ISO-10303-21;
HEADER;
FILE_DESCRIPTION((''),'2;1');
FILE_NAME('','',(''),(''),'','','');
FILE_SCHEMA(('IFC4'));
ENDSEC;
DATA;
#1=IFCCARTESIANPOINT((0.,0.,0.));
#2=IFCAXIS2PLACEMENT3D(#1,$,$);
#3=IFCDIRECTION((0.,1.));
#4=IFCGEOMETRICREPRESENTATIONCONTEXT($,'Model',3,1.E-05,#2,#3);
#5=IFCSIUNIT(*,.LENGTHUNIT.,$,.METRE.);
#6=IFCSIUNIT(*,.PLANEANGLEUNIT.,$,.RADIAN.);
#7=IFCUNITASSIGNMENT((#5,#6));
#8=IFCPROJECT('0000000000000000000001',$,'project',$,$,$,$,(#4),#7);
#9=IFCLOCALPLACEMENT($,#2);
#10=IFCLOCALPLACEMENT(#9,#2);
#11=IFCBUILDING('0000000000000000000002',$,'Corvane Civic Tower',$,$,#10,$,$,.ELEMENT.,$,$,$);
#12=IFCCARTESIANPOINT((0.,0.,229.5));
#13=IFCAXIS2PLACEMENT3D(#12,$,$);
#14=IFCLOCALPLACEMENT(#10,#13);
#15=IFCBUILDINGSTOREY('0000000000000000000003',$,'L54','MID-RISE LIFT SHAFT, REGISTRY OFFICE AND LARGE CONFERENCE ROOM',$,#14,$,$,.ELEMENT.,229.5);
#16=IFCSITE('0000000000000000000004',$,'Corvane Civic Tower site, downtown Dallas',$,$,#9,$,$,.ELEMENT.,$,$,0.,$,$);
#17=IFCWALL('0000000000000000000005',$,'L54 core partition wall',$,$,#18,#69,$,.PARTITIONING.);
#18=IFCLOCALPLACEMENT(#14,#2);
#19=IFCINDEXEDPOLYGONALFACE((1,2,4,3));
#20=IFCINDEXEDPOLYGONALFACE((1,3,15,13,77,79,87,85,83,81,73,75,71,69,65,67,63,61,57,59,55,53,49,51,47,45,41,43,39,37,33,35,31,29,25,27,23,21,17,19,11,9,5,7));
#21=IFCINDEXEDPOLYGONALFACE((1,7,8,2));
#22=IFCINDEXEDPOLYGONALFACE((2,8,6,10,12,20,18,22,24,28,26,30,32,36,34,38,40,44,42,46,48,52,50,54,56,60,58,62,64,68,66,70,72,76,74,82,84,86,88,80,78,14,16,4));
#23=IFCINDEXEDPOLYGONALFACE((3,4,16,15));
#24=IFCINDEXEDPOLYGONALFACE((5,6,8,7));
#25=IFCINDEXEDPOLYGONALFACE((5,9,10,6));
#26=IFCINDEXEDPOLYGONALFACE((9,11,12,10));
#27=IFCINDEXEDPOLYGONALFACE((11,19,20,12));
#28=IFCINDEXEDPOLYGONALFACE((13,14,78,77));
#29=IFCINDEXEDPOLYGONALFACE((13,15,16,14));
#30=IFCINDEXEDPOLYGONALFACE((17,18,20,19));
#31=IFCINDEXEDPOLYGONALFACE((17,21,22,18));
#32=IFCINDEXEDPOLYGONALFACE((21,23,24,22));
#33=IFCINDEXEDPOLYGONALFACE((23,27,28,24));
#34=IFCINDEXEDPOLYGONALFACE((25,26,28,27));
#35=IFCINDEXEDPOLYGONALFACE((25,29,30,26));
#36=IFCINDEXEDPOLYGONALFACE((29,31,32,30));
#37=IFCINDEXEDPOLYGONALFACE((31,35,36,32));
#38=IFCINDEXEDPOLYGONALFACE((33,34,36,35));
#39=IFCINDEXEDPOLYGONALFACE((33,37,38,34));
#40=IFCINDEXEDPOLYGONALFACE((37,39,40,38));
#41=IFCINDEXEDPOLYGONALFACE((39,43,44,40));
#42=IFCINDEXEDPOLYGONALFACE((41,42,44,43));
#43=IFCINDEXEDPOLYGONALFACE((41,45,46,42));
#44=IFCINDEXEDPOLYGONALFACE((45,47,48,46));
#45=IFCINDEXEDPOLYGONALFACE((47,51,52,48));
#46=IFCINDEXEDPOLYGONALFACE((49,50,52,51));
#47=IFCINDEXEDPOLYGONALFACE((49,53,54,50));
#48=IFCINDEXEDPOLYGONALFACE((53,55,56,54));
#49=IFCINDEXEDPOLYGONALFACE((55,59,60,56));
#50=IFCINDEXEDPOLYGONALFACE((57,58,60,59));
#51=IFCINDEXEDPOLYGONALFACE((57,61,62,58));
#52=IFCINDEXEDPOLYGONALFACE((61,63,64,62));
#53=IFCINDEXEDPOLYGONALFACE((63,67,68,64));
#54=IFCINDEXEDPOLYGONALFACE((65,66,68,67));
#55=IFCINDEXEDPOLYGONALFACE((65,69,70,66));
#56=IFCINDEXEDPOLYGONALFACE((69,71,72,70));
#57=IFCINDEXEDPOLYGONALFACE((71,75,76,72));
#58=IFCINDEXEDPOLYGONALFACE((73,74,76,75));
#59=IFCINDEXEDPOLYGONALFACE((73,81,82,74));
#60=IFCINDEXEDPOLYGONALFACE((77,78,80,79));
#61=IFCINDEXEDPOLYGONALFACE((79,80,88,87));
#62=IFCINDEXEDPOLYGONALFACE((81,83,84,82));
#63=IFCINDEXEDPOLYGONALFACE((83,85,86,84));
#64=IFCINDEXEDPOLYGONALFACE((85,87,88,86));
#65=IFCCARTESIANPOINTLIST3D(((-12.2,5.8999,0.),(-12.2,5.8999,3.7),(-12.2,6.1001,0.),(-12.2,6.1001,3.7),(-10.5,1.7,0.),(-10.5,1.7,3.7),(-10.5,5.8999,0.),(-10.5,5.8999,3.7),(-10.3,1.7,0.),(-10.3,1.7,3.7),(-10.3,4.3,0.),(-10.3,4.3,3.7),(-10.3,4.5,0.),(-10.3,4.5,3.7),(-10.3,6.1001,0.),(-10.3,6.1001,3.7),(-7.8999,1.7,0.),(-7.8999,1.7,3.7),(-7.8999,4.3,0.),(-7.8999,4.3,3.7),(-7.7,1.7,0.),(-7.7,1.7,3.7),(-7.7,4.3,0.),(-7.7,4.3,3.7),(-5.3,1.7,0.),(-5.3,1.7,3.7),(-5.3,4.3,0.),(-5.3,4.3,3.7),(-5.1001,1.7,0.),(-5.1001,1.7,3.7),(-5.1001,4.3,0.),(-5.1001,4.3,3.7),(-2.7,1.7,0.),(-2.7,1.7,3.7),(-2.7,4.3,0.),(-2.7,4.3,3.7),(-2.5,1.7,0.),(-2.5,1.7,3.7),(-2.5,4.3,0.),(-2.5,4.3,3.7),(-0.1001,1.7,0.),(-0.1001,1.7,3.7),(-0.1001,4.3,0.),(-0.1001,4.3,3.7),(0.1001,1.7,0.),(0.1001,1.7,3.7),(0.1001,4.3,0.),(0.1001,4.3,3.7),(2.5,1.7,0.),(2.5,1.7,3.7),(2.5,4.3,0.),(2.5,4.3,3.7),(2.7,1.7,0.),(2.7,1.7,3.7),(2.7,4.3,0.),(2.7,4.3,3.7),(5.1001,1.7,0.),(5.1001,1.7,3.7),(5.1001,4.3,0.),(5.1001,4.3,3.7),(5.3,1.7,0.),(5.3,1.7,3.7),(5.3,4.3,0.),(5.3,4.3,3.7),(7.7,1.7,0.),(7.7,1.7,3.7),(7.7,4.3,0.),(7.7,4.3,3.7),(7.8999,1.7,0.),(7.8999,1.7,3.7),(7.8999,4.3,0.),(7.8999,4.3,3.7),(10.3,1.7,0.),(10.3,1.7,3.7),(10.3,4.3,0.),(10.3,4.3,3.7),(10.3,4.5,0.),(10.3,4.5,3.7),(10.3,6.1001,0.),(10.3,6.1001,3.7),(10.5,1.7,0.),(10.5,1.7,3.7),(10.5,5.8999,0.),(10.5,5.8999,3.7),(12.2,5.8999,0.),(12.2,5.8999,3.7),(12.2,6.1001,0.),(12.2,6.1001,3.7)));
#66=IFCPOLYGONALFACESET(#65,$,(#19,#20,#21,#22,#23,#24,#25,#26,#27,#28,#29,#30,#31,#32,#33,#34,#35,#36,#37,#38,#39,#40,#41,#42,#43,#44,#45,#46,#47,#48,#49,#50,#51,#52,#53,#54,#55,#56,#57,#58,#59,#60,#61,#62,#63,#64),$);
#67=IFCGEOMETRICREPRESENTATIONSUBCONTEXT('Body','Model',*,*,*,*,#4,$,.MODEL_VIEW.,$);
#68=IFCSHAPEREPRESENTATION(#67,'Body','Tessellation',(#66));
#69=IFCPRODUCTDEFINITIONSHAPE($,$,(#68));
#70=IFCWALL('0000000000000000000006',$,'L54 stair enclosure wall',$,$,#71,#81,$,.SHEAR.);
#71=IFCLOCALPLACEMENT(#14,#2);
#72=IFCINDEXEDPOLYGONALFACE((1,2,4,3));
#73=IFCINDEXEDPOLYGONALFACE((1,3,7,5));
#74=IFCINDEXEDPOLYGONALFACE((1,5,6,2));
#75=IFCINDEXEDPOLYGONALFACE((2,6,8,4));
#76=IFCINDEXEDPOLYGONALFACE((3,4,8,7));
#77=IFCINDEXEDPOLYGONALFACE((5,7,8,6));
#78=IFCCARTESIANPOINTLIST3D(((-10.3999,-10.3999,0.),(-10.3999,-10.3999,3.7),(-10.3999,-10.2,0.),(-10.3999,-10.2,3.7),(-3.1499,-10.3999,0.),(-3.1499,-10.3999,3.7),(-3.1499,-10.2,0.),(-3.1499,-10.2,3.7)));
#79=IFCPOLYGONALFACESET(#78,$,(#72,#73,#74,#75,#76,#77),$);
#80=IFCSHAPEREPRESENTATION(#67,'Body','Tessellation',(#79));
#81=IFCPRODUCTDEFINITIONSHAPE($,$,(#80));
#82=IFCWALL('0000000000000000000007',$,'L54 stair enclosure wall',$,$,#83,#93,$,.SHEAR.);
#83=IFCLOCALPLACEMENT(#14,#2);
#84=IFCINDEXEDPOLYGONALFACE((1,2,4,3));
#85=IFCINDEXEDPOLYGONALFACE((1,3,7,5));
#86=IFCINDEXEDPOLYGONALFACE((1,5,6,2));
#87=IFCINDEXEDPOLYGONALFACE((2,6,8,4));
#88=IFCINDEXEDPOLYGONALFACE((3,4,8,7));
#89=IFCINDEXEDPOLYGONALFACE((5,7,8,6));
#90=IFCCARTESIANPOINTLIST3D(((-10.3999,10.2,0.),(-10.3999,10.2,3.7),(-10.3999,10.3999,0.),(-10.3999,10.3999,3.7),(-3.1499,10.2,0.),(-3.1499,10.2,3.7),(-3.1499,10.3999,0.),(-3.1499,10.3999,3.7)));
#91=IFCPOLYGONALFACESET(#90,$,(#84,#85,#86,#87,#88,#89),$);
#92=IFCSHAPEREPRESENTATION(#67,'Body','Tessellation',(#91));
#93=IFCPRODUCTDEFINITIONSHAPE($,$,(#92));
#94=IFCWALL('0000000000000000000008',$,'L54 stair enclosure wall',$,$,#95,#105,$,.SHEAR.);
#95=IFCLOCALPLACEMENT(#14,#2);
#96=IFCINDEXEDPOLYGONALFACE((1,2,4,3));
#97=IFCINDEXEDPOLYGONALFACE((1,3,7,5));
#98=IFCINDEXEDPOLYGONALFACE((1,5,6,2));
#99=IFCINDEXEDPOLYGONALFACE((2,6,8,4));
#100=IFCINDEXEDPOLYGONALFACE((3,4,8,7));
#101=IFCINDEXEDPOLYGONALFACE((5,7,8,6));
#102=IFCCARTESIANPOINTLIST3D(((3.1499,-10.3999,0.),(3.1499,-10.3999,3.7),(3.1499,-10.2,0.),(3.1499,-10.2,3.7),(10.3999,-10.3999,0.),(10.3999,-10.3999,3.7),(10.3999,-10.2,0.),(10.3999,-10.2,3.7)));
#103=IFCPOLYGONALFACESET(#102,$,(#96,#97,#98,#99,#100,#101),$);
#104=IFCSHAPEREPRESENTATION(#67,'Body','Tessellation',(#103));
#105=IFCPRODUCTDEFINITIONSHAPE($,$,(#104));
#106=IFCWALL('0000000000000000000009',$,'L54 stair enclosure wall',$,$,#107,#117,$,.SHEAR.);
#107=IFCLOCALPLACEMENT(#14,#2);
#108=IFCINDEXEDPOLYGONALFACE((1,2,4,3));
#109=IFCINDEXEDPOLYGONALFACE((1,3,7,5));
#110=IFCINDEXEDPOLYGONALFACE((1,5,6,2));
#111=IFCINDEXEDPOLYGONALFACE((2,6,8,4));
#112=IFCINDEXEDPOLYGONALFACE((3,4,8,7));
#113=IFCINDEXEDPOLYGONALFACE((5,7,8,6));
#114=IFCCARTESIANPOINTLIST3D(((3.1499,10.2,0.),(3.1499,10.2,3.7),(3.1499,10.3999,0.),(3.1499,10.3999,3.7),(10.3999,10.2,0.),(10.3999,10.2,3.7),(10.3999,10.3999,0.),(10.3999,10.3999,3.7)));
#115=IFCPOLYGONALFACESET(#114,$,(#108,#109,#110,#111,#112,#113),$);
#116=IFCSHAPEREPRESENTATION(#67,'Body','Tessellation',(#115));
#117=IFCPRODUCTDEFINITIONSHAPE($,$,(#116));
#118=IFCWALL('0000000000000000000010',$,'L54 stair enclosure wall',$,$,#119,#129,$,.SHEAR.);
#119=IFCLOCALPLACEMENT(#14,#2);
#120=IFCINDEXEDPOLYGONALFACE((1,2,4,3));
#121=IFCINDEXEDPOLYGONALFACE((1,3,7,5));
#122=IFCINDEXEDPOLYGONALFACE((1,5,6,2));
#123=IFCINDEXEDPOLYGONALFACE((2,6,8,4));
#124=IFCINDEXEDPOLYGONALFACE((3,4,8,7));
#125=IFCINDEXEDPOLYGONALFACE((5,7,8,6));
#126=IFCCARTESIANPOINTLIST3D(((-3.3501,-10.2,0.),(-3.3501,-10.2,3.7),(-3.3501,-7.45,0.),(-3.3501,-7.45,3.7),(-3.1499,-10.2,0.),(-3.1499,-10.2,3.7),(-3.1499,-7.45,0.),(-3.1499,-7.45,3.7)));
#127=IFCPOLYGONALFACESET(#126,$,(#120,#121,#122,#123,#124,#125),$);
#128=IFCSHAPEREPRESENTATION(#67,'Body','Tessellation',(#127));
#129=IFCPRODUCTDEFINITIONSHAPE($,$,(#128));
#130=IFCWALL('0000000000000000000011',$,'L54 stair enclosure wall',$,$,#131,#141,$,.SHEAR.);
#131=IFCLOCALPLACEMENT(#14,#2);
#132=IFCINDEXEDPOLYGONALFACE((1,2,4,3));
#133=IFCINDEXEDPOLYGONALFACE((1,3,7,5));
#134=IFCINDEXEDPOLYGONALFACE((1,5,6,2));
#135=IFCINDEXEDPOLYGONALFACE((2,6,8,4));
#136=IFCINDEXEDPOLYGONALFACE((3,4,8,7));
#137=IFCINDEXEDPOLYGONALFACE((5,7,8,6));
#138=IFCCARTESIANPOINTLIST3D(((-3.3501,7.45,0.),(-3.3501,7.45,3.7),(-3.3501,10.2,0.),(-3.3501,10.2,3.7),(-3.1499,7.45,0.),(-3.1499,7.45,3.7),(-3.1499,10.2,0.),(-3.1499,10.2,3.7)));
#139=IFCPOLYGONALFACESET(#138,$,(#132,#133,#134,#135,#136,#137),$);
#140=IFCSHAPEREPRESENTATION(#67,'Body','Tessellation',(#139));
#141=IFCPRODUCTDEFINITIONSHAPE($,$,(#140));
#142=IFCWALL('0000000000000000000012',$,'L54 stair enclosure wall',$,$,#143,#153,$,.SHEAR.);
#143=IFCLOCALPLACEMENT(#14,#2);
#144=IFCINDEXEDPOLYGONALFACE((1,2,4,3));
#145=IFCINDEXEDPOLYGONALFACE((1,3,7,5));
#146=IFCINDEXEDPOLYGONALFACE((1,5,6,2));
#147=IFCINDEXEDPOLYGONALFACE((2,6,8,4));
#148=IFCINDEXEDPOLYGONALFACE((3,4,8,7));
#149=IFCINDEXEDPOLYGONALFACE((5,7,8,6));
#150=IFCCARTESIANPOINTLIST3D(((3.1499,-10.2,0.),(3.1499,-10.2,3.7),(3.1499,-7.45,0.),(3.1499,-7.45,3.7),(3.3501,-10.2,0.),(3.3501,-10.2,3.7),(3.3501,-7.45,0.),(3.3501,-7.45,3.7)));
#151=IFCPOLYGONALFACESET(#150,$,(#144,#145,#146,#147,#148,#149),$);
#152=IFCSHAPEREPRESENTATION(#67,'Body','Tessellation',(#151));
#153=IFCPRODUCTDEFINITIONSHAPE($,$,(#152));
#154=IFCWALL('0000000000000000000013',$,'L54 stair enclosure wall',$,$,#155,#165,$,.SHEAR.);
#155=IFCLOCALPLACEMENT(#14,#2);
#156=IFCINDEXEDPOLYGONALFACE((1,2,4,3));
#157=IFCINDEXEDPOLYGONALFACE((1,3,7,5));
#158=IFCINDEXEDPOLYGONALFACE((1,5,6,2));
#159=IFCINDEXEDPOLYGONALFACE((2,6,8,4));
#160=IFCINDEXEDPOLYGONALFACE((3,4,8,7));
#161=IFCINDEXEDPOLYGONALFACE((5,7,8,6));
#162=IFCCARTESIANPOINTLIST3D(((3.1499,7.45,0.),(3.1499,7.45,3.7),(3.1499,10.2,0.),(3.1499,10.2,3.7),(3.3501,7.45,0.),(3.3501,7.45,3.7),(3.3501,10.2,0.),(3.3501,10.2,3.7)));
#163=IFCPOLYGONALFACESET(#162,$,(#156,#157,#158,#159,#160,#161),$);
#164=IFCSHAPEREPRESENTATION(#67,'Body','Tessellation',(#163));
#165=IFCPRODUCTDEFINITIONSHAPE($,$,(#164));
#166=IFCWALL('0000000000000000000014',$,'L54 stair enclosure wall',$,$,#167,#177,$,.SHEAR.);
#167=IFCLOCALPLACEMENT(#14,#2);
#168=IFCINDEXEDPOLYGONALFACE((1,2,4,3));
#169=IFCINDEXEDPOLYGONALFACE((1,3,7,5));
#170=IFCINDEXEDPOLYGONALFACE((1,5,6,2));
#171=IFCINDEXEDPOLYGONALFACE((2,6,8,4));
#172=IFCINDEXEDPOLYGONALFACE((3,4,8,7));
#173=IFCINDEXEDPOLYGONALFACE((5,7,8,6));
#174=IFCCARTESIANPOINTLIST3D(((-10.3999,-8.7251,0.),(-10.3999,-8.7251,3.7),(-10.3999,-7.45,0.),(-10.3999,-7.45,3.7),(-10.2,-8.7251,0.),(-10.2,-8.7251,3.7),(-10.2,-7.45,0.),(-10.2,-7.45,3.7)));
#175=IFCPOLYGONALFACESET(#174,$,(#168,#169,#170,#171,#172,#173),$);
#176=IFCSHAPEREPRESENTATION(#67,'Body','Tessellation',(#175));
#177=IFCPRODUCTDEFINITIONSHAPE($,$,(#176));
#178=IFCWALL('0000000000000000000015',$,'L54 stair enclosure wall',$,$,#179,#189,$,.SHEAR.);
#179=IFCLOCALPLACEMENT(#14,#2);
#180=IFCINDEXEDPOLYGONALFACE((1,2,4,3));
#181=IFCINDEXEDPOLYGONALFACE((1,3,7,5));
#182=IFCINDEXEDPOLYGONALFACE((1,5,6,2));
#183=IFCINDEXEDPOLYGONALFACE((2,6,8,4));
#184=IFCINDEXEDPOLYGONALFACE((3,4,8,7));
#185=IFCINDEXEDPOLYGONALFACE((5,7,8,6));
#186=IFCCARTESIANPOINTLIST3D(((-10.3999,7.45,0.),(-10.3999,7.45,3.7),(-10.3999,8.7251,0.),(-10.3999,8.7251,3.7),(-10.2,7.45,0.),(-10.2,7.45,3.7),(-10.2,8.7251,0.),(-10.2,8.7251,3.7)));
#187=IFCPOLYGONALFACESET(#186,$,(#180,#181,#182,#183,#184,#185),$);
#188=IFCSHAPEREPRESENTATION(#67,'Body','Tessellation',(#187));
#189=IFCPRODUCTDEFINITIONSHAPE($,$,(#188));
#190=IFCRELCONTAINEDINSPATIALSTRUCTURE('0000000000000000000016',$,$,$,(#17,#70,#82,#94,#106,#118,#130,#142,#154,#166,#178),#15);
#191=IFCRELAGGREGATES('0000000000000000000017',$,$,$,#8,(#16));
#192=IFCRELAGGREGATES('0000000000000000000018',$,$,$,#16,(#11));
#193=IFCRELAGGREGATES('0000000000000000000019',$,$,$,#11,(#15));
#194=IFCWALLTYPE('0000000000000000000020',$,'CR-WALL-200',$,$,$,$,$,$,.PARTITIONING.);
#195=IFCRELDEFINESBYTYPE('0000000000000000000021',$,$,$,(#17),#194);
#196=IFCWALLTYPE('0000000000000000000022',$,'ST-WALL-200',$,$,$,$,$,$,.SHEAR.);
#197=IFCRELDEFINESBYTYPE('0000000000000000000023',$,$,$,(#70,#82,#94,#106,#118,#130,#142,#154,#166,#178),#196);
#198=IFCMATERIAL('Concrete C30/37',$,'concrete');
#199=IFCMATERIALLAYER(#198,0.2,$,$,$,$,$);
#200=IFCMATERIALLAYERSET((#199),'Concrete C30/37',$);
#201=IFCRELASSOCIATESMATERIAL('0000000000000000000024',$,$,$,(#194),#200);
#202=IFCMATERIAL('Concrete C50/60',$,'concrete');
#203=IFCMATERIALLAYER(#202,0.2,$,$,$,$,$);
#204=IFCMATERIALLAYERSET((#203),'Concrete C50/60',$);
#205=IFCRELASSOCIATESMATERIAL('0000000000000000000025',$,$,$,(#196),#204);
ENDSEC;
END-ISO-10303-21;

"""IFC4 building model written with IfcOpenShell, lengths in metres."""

from ifc_helpers import new_model, si_unit, direction, frame, origin, place, context, subcontext, project, spatial, polyline, outline, extrude, material, layer, layer_set, type_object, element, save


model = new_model("IFC4")

# Units and contexts
model_context = context("Model", 3, precision=1e-05, world=origin(), true_north=direction((0.0, 1.0)))
body_context = subcontext(model_context, "Body", "Model", "MODEL_VIEW")
ifc_project = project(units=[si_unit("LENGTHUNIT", "METRE"), si_unit("PLANEANGLEUNIT", "RADIAN")], contexts=[model_context])

# Site, building, storey
site_placement = place(None, origin())
site = spatial("IfcSite", under=ifc_project, at=site_placement, Name="Corvane Civic Tower site, downtown Dallas", CompositionType="ELEMENT", RefElevation=0.0)
building_placement = place(site_placement, origin())
building = spatial("IfcBuilding", under=site, at=building_placement, Name="Corvane Civic Tower", CompositionType="ELEMENT")
storey_placement = place(building_placement, frame((0.0, 0.0, 229.5)))
storey = spatial("IfcBuildingStorey", under=building, at=storey_placement, Name="L54", Description="MID-RISE LIFT SHAFT, REGISTRY OFFICE AND LARGE CONFERENCE ROOM", CompositionType="ELEMENT", Elevation=229.5)

# Walls
ifc_material_1 = material(Name="Concrete C30/37", Category="concrete")
ifc_layer_1 = layer(ifc_material_1, 0.2)
ifc_layer_set_1 = layer_set([ifc_layer_1], Name="Concrete C30/37")
wall_type_1 = type_object("IfcWallType", Name="CR-WALL-200", PredefinedType="PARTITIONING", material=ifc_layer_set_1)
wall_1_placement = place(storey_placement, origin())
element("IfcWall", 1, at=wall_1_placement, inside=storey, type_object=wall_type_1, Name="L54 core partition wall", PredefinedType="PARTITIONING", context=body_context, shape_type="SweptSolid", body=[
    extrude(outline(polyline([(-10.3, 1.7), (-10.5, 1.7), (-10.5, 5.8999), (-12.2, 5.8999), (-12.2, 6.1001), (-10.3, 6.1001), (-10.3, 4.5), (10.3, 4.5), (10.3, 6.1001), (12.2, 6.1001), (12.2, 5.8999), (10.5, 5.8999), (10.5, 1.7), (10.3, 1.7), (10.3, 4.3), (7.8999, 4.3), (7.8999, 1.7), (7.7, 1.7), (7.7, 4.3), (5.3, 4.3), (5.3, 1.7), (5.1001, 1.7), (5.1001, 4.3), (2.7, 4.3), (2.7, 1.7), (2.5, 1.7), (2.5, 4.3), (0.1001, 4.3), (0.1001, 1.7), (-0.1001, 1.7), (-0.1001, 4.3), (-2.5, 4.3), (-2.5, 1.7), (-2.7, 1.7), (-2.7, 4.3), (-5.1001, 4.3), (-5.1001, 1.7), (-5.3, 1.7), (-5.3, 4.3), (-7.7, 4.3), (-7.7, 1.7), (-7.8999, 1.7), (-7.8999, 4.3), (-10.3, 4.3), (-10.3, 1.7)])), origin(), (0.0, 0.0, 1.0), 3.7),
])
ifc_material_2 = material(Name="Concrete C50/60", Category="concrete")
ifc_layer_2 = layer(ifc_material_2, 0.2)
ifc_layer_set_2 = layer_set([ifc_layer_2], Name="Concrete C50/60")
wall_type_2 = type_object("IfcWallType", Name="ST-WALL-200", PredefinedType="SHEAR", material=ifc_layer_set_2)
wall_2_placement = place(storey_placement, origin())
element("IfcWall", 2, at=wall_2_placement, inside=storey, type_object=wall_type_2, Name="L54 stair enclosure wall", PredefinedType="SHEAR", context=body_context, shape_type="SweptSolid", body=[
    extrude(outline(polyline([(-3.1499, -10.2), (-3.1499, -10.3999), (-10.3999, -10.3999), (-10.3999, -10.2), (-3.1499, -10.2)])), origin(), (0.0, 0.0, 1.0), 3.7),
])
wall_3_placement = place(storey_placement, origin())
element("IfcWall", 3, at=wall_3_placement, inside=storey, type_object=wall_type_2, Name="L54 stair enclosure wall", PredefinedType="SHEAR", context=body_context, shape_type="SweptSolid", body=[
    extrude(outline(polyline([(-3.1499, 10.2), (-10.3999, 10.2), (-10.3999, 10.3999), (-3.1499, 10.3999), (-3.1499, 10.2)])), origin(), (0.0, 0.0, 1.0), 3.7),
])
wall_4_placement = place(storey_placement, origin())
element("IfcWall", 4, at=wall_4_placement, inside=storey, type_object=wall_type_2, Name="L54 stair enclosure wall", PredefinedType="SHEAR", context=body_context, shape_type="SweptSolid", body=[
    extrude(outline(polyline([(10.3999, -10.3999), (3.1499, -10.3999), (3.1499, -10.2), (10.3999, -10.2), (10.3999, -10.3999)])), origin(), (0.0, 0.0, 1.0), 3.7),
])
wall_5_placement = place(storey_placement, origin())
element("IfcWall", 5, at=wall_5_placement, inside=storey, type_object=wall_type_2, Name="L54 stair enclosure wall", PredefinedType="SHEAR", context=body_context, shape_type="SweptSolid", body=[
    extrude(outline(polyline([(10.3999, 10.2), (3.1499, 10.2), (3.1499, 10.3999), (10.3999, 10.3999), (10.3999, 10.2)])), origin(), (0.0, 0.0, 1.0), 3.7),
])
wall_6_placement = place(storey_placement, origin())
element("IfcWall", 6, at=wall_6_placement, inside=storey, type_object=wall_type_2, Name="L54 stair enclosure wall", PredefinedType="SHEAR", context=body_context, shape_type="SweptSolid", body=[
    extrude(outline(polyline([(-3.1499, -7.45), (-3.1499, -10.2), (-3.3501, -10.2), (-3.3501, -7.45), (-3.1499, -7.45)])), origin(), (0.0, 0.0, 1.0), 3.7),
])
wall_7_placement = place(storey_placement, origin())
element("IfcWall", 7, at=wall_7_placement, inside=storey, type_object=wall_type_2, Name="L54 stair enclosure wall", PredefinedType="SHEAR", context=body_context, shape_type="SweptSolid", body=[
    extrude(outline(polyline([(-3.1499, 7.45), (-3.3501, 7.45), (-3.3501, 10.2), (-3.1499, 10.2), (-3.1499, 7.45)])), origin(), (0.0, 0.0, 1.0), 3.7),
])
wall_8_placement = place(storey_placement, origin())
element("IfcWall", 8, at=wall_8_placement, inside=storey, type_object=wall_type_2, Name="L54 stair enclosure wall", PredefinedType="SHEAR", context=body_context, shape_type="SweptSolid", body=[
    extrude(outline(polyline([(3.3501, -7.45), (3.3501, -10.2), (3.1499, -10.2), (3.1499, -7.45), (3.3501, -7.45)])), origin(), (0.0, 0.0, 1.0), 3.7),
])
wall_9_placement = place(storey_placement, origin())
element("IfcWall", 9, at=wall_9_placement, inside=storey, type_object=wall_type_2, Name="L54 stair enclosure wall", PredefinedType="SHEAR", context=body_context, shape_type="SweptSolid", body=[
    extrude(outline(polyline([(3.3501, 7.45), (3.1499, 7.45), (3.1499, 10.2), (3.3501, 10.2), (3.3501, 7.45)])), origin(), (0.0, 0.0, 1.0), 3.7),
])
wall_10_placement = place(storey_placement, origin())
element("IfcWall", 10, at=wall_10_placement, inside=storey, type_object=wall_type_2, Name="L54 stair enclosure wall", PredefinedType="SHEAR", context=body_context, shape_type="SweptSolid", body=[
    extrude(outline(polyline([(-10.2, -7.45), (-10.2, -8.7251), (-10.3999, -8.7251), (-10.3999, -7.45), (-10.2, -7.45)])), origin(), (0.0, 0.0, 1.0), 3.7),
])
wall_11_placement = place(storey_placement, origin())
element("IfcWall", 11, at=wall_11_placement, inside=storey, type_object=wall_type_2, Name="L54 stair enclosure wall", PredefinedType="SHEAR", context=body_context, shape_type="SweptSolid", body=[
    extrude(outline(polyline([(-10.2, 8.7251), (-10.2, 7.45), (-10.3999, 7.45), (-10.3999, 8.7251), (-10.2, 8.7251)])), origin(), (0.0, 0.0, 1.0), 3.7),
])

save(model, "model.ifc")
